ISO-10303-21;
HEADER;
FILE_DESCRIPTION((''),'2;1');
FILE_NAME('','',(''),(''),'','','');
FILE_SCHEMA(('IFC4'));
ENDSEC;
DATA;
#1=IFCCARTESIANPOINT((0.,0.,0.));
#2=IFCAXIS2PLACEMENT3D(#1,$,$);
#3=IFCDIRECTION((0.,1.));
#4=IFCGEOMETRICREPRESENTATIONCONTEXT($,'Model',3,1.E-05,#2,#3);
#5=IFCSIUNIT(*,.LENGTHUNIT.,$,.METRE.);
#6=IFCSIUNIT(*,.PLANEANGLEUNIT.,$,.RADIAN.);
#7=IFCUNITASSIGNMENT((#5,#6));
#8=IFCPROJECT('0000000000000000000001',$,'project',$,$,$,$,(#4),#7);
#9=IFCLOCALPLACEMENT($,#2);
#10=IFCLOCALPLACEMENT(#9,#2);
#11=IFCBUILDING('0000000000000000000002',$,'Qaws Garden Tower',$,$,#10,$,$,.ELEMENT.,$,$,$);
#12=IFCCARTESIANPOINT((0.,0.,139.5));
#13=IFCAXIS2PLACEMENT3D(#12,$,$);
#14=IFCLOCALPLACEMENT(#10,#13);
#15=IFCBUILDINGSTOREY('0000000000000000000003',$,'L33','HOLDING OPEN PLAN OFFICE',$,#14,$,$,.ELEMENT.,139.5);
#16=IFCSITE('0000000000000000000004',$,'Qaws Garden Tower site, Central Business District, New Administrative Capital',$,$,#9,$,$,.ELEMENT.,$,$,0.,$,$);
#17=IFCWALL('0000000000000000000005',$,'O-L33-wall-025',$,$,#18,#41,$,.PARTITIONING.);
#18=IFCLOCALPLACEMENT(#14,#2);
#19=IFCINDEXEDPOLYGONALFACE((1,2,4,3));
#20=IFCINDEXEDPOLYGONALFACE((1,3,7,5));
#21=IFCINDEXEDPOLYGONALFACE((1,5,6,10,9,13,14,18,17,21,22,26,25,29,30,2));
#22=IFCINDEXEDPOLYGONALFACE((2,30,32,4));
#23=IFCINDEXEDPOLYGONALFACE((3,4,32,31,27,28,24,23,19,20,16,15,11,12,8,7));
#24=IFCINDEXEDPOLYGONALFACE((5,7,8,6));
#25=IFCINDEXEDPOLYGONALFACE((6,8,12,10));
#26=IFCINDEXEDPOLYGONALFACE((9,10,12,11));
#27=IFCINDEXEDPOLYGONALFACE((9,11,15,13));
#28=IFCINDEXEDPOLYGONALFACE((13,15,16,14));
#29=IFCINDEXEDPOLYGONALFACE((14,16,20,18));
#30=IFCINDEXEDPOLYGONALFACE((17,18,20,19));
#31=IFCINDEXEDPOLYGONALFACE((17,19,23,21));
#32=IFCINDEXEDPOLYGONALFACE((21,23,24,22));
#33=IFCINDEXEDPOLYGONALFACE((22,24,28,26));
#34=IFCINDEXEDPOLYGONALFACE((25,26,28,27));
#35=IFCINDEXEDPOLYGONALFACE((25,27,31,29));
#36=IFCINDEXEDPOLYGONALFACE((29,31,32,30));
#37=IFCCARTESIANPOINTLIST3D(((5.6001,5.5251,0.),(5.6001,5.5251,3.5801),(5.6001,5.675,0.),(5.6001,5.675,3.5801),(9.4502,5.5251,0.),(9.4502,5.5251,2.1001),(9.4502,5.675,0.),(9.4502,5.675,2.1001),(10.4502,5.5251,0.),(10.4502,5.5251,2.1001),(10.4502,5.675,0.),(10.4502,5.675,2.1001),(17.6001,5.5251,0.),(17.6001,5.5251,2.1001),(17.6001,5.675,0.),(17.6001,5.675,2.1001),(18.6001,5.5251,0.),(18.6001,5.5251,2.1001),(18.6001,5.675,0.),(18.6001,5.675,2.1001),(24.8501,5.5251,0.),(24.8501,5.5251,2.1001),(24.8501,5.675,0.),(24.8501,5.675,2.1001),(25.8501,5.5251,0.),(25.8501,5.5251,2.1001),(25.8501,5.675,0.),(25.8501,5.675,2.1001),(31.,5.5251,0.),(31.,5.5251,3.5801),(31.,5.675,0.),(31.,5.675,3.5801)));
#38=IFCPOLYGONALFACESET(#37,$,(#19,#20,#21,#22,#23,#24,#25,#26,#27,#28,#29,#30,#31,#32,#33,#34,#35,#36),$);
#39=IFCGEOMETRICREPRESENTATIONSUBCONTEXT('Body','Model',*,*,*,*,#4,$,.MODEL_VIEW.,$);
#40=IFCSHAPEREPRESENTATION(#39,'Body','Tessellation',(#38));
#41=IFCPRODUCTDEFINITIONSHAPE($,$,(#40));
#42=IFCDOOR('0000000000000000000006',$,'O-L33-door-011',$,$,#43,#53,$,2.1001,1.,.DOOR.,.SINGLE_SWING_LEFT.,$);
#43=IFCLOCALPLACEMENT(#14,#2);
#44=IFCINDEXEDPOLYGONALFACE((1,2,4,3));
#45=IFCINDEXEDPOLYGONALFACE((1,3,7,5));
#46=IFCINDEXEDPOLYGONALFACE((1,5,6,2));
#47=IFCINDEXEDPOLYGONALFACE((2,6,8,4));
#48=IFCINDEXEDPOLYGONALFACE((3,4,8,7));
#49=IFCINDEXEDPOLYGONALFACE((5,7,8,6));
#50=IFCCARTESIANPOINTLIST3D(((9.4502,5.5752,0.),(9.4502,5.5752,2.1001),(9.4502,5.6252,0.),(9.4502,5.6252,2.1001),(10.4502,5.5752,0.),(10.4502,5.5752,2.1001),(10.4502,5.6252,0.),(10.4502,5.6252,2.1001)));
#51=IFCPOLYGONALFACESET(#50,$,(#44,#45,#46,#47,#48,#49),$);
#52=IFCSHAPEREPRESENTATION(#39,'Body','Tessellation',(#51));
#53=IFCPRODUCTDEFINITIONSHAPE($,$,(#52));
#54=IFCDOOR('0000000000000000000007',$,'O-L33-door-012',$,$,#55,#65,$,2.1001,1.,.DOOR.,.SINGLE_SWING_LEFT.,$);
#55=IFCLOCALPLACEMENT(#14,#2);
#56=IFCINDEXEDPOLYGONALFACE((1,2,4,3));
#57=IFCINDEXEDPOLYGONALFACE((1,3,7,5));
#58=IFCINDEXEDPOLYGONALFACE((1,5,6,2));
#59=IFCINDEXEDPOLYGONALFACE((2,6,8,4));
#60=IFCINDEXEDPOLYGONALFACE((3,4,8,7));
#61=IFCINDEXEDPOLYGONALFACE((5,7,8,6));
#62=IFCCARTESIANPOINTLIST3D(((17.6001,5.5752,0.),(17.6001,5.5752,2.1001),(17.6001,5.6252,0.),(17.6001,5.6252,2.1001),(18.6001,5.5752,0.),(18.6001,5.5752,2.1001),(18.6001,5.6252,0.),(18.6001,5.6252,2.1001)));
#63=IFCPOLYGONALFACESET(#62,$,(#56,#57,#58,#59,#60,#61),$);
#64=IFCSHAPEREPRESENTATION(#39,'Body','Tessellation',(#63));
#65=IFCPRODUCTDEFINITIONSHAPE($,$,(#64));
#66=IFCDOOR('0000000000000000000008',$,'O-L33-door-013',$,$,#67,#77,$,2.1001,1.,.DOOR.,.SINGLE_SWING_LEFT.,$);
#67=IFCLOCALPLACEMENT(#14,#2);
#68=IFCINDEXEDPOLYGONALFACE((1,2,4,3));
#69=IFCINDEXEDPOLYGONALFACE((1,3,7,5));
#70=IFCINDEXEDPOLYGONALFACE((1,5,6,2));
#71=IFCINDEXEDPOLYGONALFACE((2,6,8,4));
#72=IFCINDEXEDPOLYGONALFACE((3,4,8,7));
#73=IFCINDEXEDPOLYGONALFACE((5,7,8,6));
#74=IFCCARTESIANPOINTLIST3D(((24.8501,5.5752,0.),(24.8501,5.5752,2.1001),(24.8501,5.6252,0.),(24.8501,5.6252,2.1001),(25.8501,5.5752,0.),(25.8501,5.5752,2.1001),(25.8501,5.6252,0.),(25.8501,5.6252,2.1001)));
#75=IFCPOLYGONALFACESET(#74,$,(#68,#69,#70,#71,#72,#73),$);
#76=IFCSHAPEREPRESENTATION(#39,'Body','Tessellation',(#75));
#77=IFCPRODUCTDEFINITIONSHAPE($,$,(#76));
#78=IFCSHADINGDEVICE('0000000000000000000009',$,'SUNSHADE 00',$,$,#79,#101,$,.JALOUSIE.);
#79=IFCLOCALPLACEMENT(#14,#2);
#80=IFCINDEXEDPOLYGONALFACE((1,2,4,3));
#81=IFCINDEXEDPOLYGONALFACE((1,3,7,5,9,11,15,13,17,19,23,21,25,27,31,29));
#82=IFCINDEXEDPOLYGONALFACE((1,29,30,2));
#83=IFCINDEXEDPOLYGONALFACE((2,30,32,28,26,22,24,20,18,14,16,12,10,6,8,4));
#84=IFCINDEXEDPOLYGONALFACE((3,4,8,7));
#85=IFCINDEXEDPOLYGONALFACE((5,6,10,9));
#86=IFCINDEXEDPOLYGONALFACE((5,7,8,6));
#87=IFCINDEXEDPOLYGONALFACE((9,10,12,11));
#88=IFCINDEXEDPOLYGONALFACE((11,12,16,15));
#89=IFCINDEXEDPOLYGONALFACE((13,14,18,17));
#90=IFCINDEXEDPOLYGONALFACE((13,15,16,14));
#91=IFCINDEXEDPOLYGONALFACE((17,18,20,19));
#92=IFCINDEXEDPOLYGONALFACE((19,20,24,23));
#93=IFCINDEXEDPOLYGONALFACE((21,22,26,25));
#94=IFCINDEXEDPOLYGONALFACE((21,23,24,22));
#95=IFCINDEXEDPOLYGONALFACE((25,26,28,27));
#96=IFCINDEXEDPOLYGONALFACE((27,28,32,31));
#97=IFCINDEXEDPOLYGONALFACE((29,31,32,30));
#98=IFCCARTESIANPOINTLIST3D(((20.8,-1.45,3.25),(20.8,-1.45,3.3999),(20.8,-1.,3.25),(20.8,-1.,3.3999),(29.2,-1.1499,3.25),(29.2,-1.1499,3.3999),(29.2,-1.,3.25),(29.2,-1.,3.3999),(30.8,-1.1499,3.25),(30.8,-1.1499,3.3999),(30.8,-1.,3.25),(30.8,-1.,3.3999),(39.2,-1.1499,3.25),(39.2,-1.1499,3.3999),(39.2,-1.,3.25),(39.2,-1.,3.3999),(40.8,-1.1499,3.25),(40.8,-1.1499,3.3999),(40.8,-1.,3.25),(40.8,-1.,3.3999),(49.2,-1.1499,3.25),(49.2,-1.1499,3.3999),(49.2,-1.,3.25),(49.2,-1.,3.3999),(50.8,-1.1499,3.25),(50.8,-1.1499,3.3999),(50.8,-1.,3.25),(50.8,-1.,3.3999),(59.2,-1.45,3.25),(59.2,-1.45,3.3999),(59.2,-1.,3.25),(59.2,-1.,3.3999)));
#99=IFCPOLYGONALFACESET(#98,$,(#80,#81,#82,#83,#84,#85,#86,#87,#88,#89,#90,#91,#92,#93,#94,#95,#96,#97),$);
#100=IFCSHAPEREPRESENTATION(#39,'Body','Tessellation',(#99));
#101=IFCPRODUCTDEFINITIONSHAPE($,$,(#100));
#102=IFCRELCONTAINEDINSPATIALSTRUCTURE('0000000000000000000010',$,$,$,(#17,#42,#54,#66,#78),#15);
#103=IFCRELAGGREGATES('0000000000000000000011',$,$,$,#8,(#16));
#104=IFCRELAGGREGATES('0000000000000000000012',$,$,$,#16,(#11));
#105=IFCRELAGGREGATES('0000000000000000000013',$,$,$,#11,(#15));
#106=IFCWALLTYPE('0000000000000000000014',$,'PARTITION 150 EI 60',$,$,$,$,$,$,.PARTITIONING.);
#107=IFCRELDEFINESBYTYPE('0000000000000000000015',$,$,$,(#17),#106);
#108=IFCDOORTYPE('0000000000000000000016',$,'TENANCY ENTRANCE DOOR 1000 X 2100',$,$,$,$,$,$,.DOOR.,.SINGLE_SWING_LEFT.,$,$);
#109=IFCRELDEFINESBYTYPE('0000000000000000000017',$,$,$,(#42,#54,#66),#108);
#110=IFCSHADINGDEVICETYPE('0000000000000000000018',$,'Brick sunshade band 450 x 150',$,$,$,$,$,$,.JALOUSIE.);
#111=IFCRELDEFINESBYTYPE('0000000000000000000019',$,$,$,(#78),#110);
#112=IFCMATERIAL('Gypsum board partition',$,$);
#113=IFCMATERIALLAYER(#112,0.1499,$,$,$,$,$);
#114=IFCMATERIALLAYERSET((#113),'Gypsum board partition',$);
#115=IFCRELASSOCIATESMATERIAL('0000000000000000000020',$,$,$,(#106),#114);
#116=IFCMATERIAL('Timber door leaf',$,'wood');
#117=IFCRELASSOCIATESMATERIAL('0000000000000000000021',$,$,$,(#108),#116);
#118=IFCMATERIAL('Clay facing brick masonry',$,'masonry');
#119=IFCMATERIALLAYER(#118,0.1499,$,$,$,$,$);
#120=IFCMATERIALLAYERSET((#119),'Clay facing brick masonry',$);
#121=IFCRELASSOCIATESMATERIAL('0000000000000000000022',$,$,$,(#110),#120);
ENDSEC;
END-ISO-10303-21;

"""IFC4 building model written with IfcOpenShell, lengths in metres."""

from ifc_helpers import new_model, si_unit, direction, frame, frame_2d, origin, place, context, subcontext, project, spatial, polyline, rectangle, outline, extrude, material, layer, layer_set, type_object, element, fill, save


model = new_model("IFC4")

# Units and contexts
model_context = context("Model", 3, precision=1e-05, world=origin(), true_north=direction((0.0, 1.0)))
body_context = subcontext(model_context, "Body", "Model", "MODEL_VIEW")
ifc_project = project(units=[si_unit("LENGTHUNIT", "METRE"), si_unit("PLANEANGLEUNIT", "RADIAN")], contexts=[model_context])

# Site, building, storey
site_placement = place(None, origin())
site = spatial("IfcSite", under=ifc_project, at=site_placement, Name="Qaws Garden Tower site, Central Business District, New Administrative Capital", CompositionType="ELEMENT", RefElevation=0.0)
building_placement = place(site_placement, origin())
building = spatial("IfcBuilding", under=site, at=building_placement, Name="Qaws Garden Tower", CompositionType="ELEMENT")
storey_placement = place(building_placement, frame((0.0, 0.0, 139.5)))
storey = spatial("IfcBuildingStorey", under=building, at=storey_placement, Name="L33", Description="HOLDING OPEN PLAN OFFICE", CompositionType="ELEMENT", Elevation=139.5)

# Wall, openings, doors
ifc_material_1 = material(Name="Gypsum board partition")
ifc_layer_1 = layer(ifc_material_1, 0.1499)
ifc_layer_set_1 = layer_set([ifc_layer_1], Name="Gypsum board partition")
wall_type_1 = type_object("IfcWallType", Name="PARTITION 150 EI 60", PredefinedType="PARTITIONING", material=ifc_layer_set_1)
ifc_material_2 = material(Name="Timber door leaf", Category="wood")
door_type_1 = type_object("IfcDoorType", Name="TENANCY ENTRANCE DOOR 1000 X 2100", OperationType="SINGLE_SWING_LEFT", PredefinedType="DOOR", material=ifc_material_2)
wall_1_placement = place(storey_placement, frame((5.6001, 5.6001, 0.0), z_axis=(0.0, 0.0, 1.0), x_axis=(1.0, 0.0, 0.0)))
wall_1 = element("IfcWall", 1, at=wall_1_placement, inside=storey, type_object=wall_type_1, Name="O-L33-wall-025", PredefinedType="PARTITIONING", context=body_context, shape_type="SweptSolid", body=[
    extrude(rectangle(XDim=25.3999, YDim=0.1499, at=frame_2d((12.7, 0.0))), origin(), (0.0, 0.0, 1.0), 3.5801),
])
opening_1_placement = place(wall_1_placement, frame((3.8501, 0.0, 0.0)))
opening_1 = element("IfcOpeningElement", 2, at=opening_1_placement, cuts=wall_1, PredefinedType="OPENING", context=body_context, shape_type="SweptSolid", body=[
    extrude(rectangle(XDim=1.0, YDim=2.1001, at=frame_2d((0.5, 1.05))), frame((0.0, 0.085, 0.0), z_axis=(0.0, -1.0, 0.0), x_axis=(1.0, 0.0, 0.0)), (0.0, 0.0, 1.0), 0.1699),
])
opening_2_placement = place(wall_1_placement, frame((12.0, 0.0, 0.0)))
opening_2 = element("IfcOpeningElement", 3, at=opening_2_placement, cuts=wall_1, PredefinedType="OPENING", context=body_context, shape_type="SweptSolid", body=[
    extrude(rectangle(XDim=1.0, YDim=2.1001, at=frame_2d((0.5, 1.05))), frame((0.0, 0.085, 0.0), z_axis=(0.0, -1.0, 0.0), x_axis=(1.0, 0.0, 0.0)), (0.0, 0.0, 1.0), 0.1699),
])
opening_3_placement = place(wall_1_placement, frame((19.25, 0.0, 0.0)))
opening_3 = element("IfcOpeningElement", 4, at=opening_3_placement, cuts=wall_1, PredefinedType="OPENING", context=body_context, shape_type="SweptSolid", body=[
    extrude(rectangle(XDim=1.0, YDim=2.1001, at=frame_2d((0.5, 1.05))), frame((0.0, 0.085, 0.0), z_axis=(0.0, -1.0, 0.0), x_axis=(1.0, 0.0, 0.0)), (0.0, 0.0, 1.0), 0.1699),
])
door_1_placement = place(opening_1_placement, frame((1.0, 0.0, 0.0), z_axis=(0.0, 0.0, 1.0), x_axis=(-1.0, 0.0, 0.0)))
door_1 = element("IfcDoor", 5, at=door_1_placement, inside=storey, type_object=door_type_1, Name="O-L33-door-011", OperationType="SINGLE_SWING_LEFT", OverallHeight=2.1001, OverallWidth=1.0, PredefinedType="DOOR", context=body_context, shape_type="SweptSolid", body=[
    extrude(rectangle(XDim=1.0, YDim=2.1001, at=frame_2d((0.5, 1.05))), frame((0.0, 0.0249, 0.0), z_axis=(0.0, -1.0, 0.0), x_axis=(1.0, 0.0, 0.0)), (0.0, 0.0, 1.0), 0.05),
])
fill(opening_1, door_1)
door_2_placement = place(opening_2_placement, frame((1.0, 0.0, 0.0), z_axis=(0.0, 0.0, 1.0), x_axis=(-1.0, 0.0, 0.0)))
door_2 = element("IfcDoor", 6, at=door_2_placement, inside=storey, type_object=door_type_1, Name="O-L33-door-012", OperationType="SINGLE_SWING_LEFT", OverallHeight=2.1001, OverallWidth=1.0, PredefinedType="DOOR", context=body_context, shape_type="SweptSolid", body=[
    extrude(rectangle(XDim=1.0, YDim=2.1001, at=frame_2d((0.5, 1.05))), frame((0.0, 0.0249, 0.0), z_axis=(0.0, -1.0, 0.0), x_axis=(1.0, 0.0, 0.0)), (0.0, 0.0, 1.0), 0.05),
])
fill(opening_2, door_2)
door_3_placement = place(opening_3_placement, frame((1.0, 0.0, 0.0), z_axis=(0.0, 0.0, 1.0), x_axis=(-1.0, 0.0, 0.0)))
door_3 = element("IfcDoor", 7, at=door_3_placement, inside=storey, type_object=door_type_1, Name="O-L33-door-013", OperationType="SINGLE_SWING_LEFT", OverallHeight=2.1001, OverallWidth=1.0, PredefinedType="DOOR", context=body_context, shape_type="SweptSolid", body=[
    extrude(rectangle(XDim=1.0, YDim=2.1001, at=frame_2d((0.5, 1.05))), frame((0.0, 0.0249, 0.0), z_axis=(0.0, -1.0, 0.0), x_axis=(1.0, 0.0, 0.0)), (0.0, 0.0, 1.0), 0.05),
])
fill(opening_3, door_3)

# Shading device
ifc_material_3 = material(Name="Clay facing brick masonry", Category="masonry")
ifc_layer_2 = layer(ifc_material_3, 0.1499)
ifc_layer_set_2 = layer_set([ifc_layer_2], Name="Clay facing brick masonry")
shading_device_type = type_object("IfcShadingDeviceType", Name="Brick sunshade band 450 x 150", PredefinedType="JALOUSIE", material=ifc_layer_set_2)
shading_device_placement = place(storey_placement, frame((0.0, 0.0, 3.25)))
element("IfcShadingDevice", 8, at=shading_device_placement, inside=storey, type_object=shading_device_type, Name="SUNSHADE 00", PredefinedType="JALOUSIE", context=body_context, shape_type="SweptSolid", body=[
    extrude(outline(polyline([(20.8, -1.0), (20.8, -1.45), (59.2, -1.45), (59.2, -1.0), (50.8, -1.0), (50.8, -1.1499), (49.2, -1.1499), (49.2, -1.0), (40.8, -1.0), (40.8, -1.1499), (39.2, -1.1499), (39.2, -1.0), (30.8, -1.0), (30.8, -1.1499), (29.2, -1.1499), (29.2, -1.0), (20.8, -1.0)])), origin(), (0.0, 0.0, 1.0), 0.1499),
])

save(model, "model.ifc")
